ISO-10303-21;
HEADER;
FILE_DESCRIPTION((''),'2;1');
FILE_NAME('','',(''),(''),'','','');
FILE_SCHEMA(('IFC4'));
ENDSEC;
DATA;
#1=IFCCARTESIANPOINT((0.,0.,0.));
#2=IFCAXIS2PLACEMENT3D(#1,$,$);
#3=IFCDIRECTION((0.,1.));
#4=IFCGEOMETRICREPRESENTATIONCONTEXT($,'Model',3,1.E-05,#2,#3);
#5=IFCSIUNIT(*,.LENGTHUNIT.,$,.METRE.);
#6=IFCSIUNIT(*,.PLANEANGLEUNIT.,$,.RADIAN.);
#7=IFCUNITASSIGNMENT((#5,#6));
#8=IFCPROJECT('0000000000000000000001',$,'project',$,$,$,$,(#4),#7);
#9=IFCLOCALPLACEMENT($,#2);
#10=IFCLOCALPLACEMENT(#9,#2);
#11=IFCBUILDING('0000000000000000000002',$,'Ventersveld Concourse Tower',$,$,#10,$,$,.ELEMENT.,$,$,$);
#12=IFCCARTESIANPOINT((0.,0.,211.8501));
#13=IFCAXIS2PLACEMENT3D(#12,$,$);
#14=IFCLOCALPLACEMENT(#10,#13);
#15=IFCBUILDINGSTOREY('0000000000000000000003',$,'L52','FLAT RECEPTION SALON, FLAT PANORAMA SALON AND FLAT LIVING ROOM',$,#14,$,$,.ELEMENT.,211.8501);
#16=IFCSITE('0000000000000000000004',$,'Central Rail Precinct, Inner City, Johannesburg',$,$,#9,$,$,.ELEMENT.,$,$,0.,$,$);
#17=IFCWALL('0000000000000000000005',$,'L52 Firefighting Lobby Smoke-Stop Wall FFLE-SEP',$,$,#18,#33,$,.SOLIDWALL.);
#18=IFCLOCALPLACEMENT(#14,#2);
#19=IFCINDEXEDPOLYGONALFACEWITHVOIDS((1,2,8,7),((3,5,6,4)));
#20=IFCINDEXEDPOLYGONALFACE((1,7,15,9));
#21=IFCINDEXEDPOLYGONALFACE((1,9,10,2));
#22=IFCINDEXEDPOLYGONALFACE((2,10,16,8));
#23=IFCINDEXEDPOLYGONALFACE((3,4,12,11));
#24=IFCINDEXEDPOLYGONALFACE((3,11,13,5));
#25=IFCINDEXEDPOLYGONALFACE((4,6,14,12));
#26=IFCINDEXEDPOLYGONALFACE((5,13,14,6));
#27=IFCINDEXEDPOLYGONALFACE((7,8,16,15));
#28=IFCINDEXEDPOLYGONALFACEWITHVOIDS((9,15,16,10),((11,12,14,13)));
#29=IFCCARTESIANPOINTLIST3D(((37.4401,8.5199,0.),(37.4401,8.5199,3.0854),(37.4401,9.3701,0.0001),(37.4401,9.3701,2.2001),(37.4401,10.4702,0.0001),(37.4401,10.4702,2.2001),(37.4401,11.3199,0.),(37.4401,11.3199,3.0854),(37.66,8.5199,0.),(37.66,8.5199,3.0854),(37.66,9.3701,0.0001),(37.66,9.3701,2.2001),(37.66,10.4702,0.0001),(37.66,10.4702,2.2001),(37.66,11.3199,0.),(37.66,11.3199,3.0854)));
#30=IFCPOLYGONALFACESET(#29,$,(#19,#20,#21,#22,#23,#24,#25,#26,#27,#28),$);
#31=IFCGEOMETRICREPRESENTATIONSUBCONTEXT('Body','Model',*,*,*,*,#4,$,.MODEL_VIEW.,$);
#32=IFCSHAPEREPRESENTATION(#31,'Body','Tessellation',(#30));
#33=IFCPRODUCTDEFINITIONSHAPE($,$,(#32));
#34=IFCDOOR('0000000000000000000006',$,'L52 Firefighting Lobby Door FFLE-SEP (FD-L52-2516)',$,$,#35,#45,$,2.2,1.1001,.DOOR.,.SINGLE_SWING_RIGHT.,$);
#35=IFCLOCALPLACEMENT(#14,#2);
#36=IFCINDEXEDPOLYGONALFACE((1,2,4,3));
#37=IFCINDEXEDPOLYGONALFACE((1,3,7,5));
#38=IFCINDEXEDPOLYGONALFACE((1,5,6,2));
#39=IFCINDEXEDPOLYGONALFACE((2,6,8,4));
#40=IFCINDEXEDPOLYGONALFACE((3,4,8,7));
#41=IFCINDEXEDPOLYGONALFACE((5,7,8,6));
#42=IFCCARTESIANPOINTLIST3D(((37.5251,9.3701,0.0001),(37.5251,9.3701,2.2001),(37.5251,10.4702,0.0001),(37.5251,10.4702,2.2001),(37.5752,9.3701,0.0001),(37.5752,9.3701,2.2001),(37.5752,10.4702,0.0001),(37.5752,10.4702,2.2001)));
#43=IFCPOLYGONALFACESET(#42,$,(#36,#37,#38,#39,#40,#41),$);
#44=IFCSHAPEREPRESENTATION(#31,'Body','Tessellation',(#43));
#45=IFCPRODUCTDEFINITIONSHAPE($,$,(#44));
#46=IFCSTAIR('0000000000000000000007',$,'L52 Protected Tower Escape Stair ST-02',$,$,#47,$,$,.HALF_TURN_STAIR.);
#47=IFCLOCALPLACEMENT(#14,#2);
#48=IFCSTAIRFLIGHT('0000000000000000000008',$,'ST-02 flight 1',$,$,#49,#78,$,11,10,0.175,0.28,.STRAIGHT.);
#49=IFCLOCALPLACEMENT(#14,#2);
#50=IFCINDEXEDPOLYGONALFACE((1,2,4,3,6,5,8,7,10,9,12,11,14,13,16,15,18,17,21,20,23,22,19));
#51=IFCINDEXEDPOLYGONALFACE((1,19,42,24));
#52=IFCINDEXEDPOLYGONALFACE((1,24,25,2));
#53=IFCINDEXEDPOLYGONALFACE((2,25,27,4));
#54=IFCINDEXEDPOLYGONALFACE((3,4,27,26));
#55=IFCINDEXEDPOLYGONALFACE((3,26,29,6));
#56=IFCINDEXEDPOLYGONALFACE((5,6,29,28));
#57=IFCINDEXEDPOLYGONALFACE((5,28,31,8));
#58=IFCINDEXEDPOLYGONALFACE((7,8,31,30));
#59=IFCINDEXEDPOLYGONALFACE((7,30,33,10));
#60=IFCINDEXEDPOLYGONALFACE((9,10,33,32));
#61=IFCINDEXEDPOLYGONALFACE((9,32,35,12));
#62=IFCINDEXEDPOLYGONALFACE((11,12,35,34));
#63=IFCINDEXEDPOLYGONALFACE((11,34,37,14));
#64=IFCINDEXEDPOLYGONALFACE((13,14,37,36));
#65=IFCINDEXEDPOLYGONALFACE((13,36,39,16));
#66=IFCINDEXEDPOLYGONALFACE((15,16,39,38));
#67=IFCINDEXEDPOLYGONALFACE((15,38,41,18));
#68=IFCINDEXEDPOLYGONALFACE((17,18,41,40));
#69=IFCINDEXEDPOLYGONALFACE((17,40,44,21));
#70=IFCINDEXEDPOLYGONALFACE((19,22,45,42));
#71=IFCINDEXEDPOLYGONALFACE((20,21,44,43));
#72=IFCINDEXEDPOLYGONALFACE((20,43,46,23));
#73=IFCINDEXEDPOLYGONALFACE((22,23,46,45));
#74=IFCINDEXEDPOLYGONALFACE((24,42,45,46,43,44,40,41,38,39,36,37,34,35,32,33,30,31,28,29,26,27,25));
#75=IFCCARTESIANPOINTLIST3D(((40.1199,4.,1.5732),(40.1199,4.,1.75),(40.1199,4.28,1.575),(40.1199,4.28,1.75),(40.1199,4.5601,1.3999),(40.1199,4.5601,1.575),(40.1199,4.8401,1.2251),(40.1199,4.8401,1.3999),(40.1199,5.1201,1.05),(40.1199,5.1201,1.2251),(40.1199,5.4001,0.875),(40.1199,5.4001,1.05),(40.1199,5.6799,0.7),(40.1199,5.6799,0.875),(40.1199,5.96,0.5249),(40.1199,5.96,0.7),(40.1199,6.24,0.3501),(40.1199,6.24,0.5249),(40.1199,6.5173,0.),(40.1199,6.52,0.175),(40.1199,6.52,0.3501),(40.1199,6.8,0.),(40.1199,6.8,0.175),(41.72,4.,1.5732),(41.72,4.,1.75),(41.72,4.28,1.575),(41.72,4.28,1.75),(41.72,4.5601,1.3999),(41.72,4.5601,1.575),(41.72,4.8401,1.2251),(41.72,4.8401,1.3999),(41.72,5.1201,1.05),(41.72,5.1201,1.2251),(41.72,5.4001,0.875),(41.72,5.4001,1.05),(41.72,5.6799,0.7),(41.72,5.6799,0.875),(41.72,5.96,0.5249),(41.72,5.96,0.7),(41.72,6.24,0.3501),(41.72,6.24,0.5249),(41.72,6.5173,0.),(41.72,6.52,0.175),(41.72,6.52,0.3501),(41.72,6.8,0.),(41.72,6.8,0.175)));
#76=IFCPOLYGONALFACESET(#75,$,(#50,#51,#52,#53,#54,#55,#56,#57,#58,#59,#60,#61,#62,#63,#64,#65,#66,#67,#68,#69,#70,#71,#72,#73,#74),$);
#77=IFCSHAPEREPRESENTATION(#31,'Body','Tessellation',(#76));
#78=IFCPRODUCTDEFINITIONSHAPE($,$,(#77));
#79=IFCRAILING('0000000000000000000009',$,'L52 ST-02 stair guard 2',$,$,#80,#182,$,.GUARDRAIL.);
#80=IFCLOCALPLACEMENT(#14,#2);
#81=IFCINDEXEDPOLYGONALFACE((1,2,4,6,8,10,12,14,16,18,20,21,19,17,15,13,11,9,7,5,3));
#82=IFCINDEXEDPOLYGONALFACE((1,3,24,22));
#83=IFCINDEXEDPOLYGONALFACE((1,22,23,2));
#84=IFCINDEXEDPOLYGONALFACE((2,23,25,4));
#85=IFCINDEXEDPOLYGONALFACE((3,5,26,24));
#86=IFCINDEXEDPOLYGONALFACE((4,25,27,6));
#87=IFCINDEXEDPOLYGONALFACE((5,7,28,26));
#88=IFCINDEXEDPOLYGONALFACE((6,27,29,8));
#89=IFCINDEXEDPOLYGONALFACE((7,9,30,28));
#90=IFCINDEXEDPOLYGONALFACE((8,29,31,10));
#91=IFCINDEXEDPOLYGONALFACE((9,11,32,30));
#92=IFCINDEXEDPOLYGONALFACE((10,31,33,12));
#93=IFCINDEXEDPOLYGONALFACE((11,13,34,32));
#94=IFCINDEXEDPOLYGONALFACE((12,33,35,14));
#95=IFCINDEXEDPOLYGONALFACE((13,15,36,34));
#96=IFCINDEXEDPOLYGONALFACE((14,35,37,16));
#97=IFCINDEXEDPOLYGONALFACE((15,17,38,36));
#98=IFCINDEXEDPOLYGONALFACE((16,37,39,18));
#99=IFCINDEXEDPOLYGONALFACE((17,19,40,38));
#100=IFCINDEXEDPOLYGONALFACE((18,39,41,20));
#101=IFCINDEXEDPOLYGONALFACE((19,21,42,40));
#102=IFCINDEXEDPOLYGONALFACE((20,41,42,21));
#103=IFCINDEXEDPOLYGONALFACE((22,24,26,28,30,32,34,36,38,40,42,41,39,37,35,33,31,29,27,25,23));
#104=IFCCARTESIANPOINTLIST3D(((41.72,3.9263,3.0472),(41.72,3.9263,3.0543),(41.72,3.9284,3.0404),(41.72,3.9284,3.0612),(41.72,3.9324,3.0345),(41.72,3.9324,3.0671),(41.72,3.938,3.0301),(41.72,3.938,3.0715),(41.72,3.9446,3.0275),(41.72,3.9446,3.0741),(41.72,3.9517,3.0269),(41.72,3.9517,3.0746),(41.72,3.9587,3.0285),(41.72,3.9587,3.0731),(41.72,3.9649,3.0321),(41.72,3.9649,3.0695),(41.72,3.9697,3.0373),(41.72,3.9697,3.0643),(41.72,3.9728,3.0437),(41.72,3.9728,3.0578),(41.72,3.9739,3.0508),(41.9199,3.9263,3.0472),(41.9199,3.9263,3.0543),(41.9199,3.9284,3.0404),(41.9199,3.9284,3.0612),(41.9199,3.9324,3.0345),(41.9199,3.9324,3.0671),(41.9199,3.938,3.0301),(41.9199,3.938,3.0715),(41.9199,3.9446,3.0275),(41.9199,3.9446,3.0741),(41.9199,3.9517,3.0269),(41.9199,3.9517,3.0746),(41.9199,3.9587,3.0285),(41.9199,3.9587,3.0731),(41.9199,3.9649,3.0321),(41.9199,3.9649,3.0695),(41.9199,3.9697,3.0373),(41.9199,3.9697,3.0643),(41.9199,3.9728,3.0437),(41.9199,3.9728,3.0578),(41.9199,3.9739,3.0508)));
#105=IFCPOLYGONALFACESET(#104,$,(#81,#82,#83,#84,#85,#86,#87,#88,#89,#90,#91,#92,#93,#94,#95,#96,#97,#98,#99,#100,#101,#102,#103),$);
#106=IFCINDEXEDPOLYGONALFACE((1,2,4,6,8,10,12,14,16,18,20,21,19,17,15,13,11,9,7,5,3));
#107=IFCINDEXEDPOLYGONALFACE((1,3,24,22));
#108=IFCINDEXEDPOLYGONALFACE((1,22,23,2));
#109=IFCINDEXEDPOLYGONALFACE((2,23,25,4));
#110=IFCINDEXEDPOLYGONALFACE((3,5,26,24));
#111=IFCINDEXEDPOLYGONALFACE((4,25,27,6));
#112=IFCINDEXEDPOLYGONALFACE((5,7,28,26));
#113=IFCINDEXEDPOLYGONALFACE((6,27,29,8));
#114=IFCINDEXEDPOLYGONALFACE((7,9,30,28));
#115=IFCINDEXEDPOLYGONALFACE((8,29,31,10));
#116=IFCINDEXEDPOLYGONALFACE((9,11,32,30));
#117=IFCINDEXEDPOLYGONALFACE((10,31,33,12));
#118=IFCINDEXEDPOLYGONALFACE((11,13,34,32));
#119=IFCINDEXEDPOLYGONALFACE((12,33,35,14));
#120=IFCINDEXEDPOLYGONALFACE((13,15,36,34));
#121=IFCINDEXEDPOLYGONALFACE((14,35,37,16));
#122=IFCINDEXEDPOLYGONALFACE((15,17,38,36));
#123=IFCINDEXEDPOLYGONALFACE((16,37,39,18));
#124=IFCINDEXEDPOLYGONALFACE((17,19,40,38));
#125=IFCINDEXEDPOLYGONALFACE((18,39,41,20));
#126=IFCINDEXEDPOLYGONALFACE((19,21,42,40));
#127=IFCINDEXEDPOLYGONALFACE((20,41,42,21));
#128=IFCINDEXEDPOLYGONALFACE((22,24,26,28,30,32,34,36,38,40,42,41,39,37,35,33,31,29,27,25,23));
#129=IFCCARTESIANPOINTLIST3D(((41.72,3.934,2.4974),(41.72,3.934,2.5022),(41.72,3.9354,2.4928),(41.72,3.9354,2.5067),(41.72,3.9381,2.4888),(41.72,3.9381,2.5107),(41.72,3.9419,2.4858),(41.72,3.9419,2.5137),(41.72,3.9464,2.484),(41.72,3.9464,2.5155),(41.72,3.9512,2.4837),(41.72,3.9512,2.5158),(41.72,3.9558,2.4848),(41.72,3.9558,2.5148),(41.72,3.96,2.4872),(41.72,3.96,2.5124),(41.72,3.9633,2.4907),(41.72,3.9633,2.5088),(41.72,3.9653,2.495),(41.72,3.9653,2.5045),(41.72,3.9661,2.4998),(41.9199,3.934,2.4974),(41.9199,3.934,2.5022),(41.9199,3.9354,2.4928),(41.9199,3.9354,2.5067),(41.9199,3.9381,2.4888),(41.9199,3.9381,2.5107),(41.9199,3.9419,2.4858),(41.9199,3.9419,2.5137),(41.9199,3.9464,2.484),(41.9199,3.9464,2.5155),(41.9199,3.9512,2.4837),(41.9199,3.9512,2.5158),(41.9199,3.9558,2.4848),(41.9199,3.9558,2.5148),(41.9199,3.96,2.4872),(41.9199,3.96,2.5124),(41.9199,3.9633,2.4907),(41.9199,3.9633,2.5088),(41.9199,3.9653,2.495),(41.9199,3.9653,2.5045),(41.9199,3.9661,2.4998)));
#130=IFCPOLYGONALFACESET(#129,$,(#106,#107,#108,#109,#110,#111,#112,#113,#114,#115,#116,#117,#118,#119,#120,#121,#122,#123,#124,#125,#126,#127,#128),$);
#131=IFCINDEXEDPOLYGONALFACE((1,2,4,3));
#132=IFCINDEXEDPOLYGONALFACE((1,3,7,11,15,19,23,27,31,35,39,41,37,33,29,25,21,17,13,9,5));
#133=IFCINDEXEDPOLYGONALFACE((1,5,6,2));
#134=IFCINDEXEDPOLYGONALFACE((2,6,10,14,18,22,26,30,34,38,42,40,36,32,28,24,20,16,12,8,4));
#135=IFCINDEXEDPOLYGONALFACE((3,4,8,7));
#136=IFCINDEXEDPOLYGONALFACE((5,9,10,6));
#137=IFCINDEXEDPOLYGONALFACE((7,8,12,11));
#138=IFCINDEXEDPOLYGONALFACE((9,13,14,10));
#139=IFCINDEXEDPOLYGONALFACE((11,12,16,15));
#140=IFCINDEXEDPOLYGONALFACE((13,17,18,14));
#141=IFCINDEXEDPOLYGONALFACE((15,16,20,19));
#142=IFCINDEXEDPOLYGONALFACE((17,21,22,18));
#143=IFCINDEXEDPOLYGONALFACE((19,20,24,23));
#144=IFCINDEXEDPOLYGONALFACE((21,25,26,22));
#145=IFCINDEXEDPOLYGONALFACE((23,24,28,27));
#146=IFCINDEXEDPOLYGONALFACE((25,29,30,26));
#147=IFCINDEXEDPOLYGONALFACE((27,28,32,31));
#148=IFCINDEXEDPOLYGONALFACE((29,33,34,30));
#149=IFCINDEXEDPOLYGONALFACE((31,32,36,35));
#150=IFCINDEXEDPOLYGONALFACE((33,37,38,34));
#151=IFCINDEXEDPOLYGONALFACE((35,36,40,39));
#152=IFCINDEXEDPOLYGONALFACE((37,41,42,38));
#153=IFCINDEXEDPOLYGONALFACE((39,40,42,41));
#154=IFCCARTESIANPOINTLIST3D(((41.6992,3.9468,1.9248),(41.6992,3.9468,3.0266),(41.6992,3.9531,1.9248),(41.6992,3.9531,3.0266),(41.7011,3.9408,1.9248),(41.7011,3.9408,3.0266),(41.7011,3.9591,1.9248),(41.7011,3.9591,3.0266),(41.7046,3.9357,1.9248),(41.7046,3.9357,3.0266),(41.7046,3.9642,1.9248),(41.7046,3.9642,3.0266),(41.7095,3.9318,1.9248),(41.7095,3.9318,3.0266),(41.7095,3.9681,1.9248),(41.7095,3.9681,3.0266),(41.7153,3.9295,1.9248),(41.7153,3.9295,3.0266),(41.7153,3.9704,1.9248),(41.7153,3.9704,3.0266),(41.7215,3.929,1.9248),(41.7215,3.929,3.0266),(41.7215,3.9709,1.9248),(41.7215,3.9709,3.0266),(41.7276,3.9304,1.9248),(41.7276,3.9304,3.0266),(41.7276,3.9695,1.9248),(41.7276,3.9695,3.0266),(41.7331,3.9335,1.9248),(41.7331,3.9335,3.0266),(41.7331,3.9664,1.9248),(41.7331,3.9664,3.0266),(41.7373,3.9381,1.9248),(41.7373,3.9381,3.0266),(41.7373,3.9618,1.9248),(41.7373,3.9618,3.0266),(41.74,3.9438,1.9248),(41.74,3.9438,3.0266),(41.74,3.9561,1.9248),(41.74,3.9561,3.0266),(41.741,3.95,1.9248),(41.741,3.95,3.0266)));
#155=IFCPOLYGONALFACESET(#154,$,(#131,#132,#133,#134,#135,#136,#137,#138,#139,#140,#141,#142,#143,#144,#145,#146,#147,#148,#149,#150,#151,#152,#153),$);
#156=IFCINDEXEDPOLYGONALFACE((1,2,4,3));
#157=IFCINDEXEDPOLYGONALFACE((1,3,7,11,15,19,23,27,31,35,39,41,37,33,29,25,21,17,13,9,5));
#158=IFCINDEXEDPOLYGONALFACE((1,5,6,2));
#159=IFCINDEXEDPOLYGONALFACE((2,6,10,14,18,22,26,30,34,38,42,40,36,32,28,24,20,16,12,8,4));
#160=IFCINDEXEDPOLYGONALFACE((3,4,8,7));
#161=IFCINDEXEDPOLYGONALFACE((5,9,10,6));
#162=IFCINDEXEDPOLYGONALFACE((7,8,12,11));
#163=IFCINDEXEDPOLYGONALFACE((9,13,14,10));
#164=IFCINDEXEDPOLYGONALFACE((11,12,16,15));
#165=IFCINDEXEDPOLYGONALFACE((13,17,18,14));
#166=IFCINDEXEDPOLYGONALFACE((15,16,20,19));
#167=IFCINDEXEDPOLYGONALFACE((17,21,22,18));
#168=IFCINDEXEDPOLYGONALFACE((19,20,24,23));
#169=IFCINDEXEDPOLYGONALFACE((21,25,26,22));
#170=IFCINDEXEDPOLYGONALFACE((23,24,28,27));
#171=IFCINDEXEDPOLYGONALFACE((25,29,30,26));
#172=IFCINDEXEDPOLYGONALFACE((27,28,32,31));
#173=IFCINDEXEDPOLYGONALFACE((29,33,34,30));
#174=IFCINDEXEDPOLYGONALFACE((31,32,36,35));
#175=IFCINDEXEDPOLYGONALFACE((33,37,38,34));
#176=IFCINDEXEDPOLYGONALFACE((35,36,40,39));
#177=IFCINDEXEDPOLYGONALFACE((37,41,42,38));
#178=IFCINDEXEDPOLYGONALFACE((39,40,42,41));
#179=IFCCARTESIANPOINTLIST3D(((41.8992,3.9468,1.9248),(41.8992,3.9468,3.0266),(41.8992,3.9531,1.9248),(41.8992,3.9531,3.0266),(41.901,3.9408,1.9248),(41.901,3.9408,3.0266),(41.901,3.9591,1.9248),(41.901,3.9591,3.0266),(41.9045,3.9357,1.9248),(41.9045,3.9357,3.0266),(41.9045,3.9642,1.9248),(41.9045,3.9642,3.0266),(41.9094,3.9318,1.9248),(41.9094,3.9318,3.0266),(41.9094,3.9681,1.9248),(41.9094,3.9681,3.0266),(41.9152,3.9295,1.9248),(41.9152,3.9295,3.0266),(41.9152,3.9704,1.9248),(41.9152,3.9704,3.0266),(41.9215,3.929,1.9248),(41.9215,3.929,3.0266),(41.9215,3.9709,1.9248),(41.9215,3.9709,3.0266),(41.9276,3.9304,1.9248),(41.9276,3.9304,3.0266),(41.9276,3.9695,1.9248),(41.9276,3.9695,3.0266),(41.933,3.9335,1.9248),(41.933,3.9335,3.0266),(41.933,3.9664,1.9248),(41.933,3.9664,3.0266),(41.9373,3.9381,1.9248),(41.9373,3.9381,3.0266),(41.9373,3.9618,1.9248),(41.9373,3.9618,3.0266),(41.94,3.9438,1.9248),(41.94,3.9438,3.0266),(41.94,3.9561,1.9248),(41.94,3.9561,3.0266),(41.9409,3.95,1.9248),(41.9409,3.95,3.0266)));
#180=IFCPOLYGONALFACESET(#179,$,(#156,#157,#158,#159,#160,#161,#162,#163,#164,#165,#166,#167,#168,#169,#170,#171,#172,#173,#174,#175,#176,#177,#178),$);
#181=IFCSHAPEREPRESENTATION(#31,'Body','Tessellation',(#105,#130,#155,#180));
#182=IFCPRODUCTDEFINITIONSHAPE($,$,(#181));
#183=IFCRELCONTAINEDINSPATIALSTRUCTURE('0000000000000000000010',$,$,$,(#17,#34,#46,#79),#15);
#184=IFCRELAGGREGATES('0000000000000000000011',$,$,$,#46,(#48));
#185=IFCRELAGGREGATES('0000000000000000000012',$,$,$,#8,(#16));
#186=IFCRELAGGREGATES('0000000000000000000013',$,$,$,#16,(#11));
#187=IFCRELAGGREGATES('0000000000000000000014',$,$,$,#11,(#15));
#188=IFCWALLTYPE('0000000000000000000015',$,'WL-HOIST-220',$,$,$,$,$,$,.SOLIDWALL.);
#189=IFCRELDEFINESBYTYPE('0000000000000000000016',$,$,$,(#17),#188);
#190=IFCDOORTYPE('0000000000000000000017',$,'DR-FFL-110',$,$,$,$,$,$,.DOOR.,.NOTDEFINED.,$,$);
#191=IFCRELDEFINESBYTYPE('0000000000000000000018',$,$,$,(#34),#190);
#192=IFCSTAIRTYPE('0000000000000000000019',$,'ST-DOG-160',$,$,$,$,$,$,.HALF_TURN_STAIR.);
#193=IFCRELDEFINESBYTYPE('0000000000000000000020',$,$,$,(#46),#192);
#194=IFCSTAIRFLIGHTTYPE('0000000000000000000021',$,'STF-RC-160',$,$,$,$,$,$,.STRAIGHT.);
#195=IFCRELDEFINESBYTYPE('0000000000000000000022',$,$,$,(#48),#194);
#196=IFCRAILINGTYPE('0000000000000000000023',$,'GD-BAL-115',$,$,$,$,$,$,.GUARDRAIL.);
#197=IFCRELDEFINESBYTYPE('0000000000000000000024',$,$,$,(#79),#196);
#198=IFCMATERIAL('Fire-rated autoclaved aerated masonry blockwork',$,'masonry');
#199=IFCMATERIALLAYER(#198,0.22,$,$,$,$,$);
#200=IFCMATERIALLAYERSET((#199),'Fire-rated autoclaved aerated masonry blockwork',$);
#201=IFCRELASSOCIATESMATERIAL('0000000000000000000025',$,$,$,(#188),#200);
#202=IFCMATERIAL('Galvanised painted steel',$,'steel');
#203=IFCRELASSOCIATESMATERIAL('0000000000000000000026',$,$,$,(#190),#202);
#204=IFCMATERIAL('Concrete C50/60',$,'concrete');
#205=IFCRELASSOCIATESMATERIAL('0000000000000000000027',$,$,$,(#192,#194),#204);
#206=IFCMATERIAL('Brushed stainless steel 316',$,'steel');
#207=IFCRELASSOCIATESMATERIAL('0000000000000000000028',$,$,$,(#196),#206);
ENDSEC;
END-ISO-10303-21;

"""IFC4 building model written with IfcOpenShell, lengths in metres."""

from ifc_helpers import new_model, si_unit, direction, frame, frame_2d, origin, origin_2d, place, context, subcontext, project, spatial, polyline, rectangle, circle, outline, extrude, material, layer, layer_set, type_object, element, fill, aggregate, save


model = new_model("IFC4")

# Units and contexts
model_context = context("Model", 3, precision=1e-05, world=origin(), true_north=direction((0.0, 1.0)))
body_context = subcontext(model_context, "Body", "Model", "MODEL_VIEW")
ifc_project = project(units=[si_unit("LENGTHUNIT", "METRE"), si_unit("PLANEANGLEUNIT", "RADIAN")], contexts=[model_context])

# Site, building, storey
site_placement = place(None, origin())
site = spatial("IfcSite", under=ifc_project, at=site_placement, Name="Central Rail Precinct, Inner City, Johannesburg", CompositionType="ELEMENT", RefElevation=0.0)
building_placement = place(site_placement, origin())
building = spatial("IfcBuilding", under=site, at=building_placement, Name="Ventersveld Concourse Tower", CompositionType="ELEMENT")
storey_placement = place(building_placement, frame((0.0, 0.0, 211.8501)))
storey = spatial("IfcBuildingStorey", under=building, at=storey_placement, Name="L52", Description="FLAT RECEPTION SALON, FLAT PANORAMA SALON AND FLAT LIVING ROOM", CompositionType="ELEMENT", Elevation=211.8501)

# Shared definitions
ifc_material_1 = material(Name="Concrete C50/60", Category="concrete")
ifc_material_2 = material(Name="Fire-rated autoclaved aerated masonry blockwork", Category="masonry")
ifc_layer_1 = layer(ifc_material_2, 0.22)
ifc_layer_set_1 = layer_set([ifc_layer_1], Name="Fire-rated autoclaved aerated masonry blockwork")
wall_type_1 = type_object("IfcWallType", Name="WL-HOIST-220", PredefinedType="SOLIDWALL", material=ifc_layer_set_1)

# Wall, opening, door
ifc_material_3 = material(Name="Brushed stainless steel 316", Category="steel")
ifc_material_4 = material(Name="Galvanised painted steel", Category="steel")
wall_1_placement = place(storey_placement, frame((37.55, 8.52, 0.0), z_axis=(0.0, 0.0, 1.0), x_axis=(0.0, 1.0, 0.0)))
wall_1 = element("IfcWall", 1, at=wall_1_placement, inside=storey, type_object=wall_type_1, Name="L52 Firefighting Lobby Smoke-Stop Wall FFLE-SEP", PredefinedType="SOLIDWALL", context=body_context, shape_type="SweptSolid", body=[
    extrude(rectangle(XDim=2.8, YDim=0.22, at=frame_2d((1.3999, 0.0))), origin(), (0.0, 0.0, 1.0), 3.0854),
])
opening_1_placement = place(wall_1_placement, frame((0.8501, 0.0, 0.0)))
opening_1 = element("IfcOpeningElement", 2, at=opening_1_placement, cuts=wall_1, PredefinedType="OPENING", context=body_context, shape_type="SweptSolid", body=[
    extrude(rectangle(XDim=1.1001, YDim=2.2, at=frame_2d((0.55, 1.1001))), frame((0.0, 0.1201, 0.0), z_axis=(0.0, -1.0, 0.0), x_axis=(1.0, 0.0, 0.0)), (0.0, 0.0, 1.0), 0.24),
])
door_type_1 = type_object("IfcDoorType", Name="DR-FFL-110", OperationType="NOTDEFINED", PredefinedType="DOOR", material=ifc_material_4)
door_1_placement = place(opening_1_placement, origin())
door_1 = element("IfcDoor", 3, at=door_1_placement, inside=storey, type_object=door_type_1, Name="L52 Firefighting Lobby Door FFLE-SEP (FD-L52-2516)", OperationType="SINGLE_SWING_RIGHT", OverallHeight=2.2, OverallWidth=1.1001, PredefinedType="DOOR", context=body_context, shape_type="SweptSolid", body=[
    extrude(rectangle(XDim=1.1001, YDim=2.2, at=frame_2d((0.55, 1.1001))), frame((0.0, 0.0249, 0.0), z_axis=(0.0, -1.0, 0.0), x_axis=(1.0, 0.0, 0.0)), (0.0, 0.0, 1.0), 0.05),
])
fill(opening_1, door_1)

# Stair, stair flight
stair_type = type_object("IfcStairType", Name="ST-DOG-160", PredefinedType="HALF_TURN_STAIR", material=ifc_material_1)
stair_placement = place(storey_placement, origin())
stair = element("IfcStair", 4, at=stair_placement, inside=storey, type_object=stair_type, Name="L52 Protected Tower Escape Stair ST-02", PredefinedType="HALF_TURN_STAIR")
stair_flight_type = type_object("IfcStairFlightType", Name="STF-RC-160", PredefinedType="STRAIGHT", material=ifc_material_1)
stair_flight_placement = place(storey_placement, frame((40.9199, 6.8, 0.0), z_axis=(0.0, 0.0, 1.0), x_axis=(0.0, -1.0, 0.0)))
stair_flight = element("IfcStairFlight", 5, at=stair_flight_placement, type_object=stair_flight_type, Name="ST-02 flight 1", NumberOfRisers=11, NumberOfTreads=10, PredefinedType="STRAIGHT", RiserHeight=0.175, TreadLength=0.28, context=body_context, shape_type="SweptSolid", body=[
    extrude(outline(polyline([(0.0, 0.0), (0.0, 0.175), (0.28, 0.175), (0.28, 0.3501), (0.5601, 0.3501), (0.5601, 0.5249), (0.8401, 0.5249), (0.8401, 0.7), (1.1201, 0.7), (1.1201, 0.875), (1.3999, 0.875), (1.3999, 1.05), (1.6799, 1.05), (1.6799, 1.2251), (1.96, 1.2251), (1.96, 1.3999), (2.24, 1.3999), (2.24, 1.575), (2.52, 1.575), (2.52, 1.75), (2.8, 1.75), (2.8, 1.925), (2.8, 1.5732), (0.2827, 0.0), (0.0, 0.0)])), frame((0.0, 0.8, 0.0), z_axis=(0.0, -1.0, 0.0), x_axis=(1.0, 0.0, 0.0)), (0.0, 0.0, 1.0), 1.6001),
])
aggregate(stair, [stair_flight])

# Railing
railing_type_1 = type_object("IfcRailingType", Name="GD-BAL-115", PredefinedType="GUARDRAIL", material=ifc_material_3)
railing_1_placement = place(storey_placement, frame((41.72, 3.95, 1.9248)))
element("IfcRailing", 6, at=railing_1_placement, inside=storey, type_object=railing_type_1, Name="L52 ST-02 stair guard 2", PredefinedType="GUARDRAIL", context=body_context, shape_type="SweptSolid", body=[
    extrude(circle(Radius=0.0239, at=origin_2d()), frame((0.0, 0.0, 1.126), z_axis=(1.0, 0.0, 0.0), x_axis=(0.0, 1.0, 0.0)), (0.0, 0.0, 1.0), 0.2),
    extrude(circle(Radius=0.0161, at=origin_2d()), frame((0.0, 0.0, 0.575), z_axis=(1.0, 0.0, 0.0), x_axis=(0.0, 1.0, 0.0)), (0.0, 0.0, 1.0), 0.2),
    extrude(circle(Radius=0.021, at=origin_2d()), origin(), (0.0, 0.0, 1.0), 1.1018),
    extrude(circle(Radius=0.021, at=origin_2d()), frame((0.2, 0.0, 0.0)), (0.0, 0.0, 1.0), 1.1018),
])

save(model, "model.ifc")
